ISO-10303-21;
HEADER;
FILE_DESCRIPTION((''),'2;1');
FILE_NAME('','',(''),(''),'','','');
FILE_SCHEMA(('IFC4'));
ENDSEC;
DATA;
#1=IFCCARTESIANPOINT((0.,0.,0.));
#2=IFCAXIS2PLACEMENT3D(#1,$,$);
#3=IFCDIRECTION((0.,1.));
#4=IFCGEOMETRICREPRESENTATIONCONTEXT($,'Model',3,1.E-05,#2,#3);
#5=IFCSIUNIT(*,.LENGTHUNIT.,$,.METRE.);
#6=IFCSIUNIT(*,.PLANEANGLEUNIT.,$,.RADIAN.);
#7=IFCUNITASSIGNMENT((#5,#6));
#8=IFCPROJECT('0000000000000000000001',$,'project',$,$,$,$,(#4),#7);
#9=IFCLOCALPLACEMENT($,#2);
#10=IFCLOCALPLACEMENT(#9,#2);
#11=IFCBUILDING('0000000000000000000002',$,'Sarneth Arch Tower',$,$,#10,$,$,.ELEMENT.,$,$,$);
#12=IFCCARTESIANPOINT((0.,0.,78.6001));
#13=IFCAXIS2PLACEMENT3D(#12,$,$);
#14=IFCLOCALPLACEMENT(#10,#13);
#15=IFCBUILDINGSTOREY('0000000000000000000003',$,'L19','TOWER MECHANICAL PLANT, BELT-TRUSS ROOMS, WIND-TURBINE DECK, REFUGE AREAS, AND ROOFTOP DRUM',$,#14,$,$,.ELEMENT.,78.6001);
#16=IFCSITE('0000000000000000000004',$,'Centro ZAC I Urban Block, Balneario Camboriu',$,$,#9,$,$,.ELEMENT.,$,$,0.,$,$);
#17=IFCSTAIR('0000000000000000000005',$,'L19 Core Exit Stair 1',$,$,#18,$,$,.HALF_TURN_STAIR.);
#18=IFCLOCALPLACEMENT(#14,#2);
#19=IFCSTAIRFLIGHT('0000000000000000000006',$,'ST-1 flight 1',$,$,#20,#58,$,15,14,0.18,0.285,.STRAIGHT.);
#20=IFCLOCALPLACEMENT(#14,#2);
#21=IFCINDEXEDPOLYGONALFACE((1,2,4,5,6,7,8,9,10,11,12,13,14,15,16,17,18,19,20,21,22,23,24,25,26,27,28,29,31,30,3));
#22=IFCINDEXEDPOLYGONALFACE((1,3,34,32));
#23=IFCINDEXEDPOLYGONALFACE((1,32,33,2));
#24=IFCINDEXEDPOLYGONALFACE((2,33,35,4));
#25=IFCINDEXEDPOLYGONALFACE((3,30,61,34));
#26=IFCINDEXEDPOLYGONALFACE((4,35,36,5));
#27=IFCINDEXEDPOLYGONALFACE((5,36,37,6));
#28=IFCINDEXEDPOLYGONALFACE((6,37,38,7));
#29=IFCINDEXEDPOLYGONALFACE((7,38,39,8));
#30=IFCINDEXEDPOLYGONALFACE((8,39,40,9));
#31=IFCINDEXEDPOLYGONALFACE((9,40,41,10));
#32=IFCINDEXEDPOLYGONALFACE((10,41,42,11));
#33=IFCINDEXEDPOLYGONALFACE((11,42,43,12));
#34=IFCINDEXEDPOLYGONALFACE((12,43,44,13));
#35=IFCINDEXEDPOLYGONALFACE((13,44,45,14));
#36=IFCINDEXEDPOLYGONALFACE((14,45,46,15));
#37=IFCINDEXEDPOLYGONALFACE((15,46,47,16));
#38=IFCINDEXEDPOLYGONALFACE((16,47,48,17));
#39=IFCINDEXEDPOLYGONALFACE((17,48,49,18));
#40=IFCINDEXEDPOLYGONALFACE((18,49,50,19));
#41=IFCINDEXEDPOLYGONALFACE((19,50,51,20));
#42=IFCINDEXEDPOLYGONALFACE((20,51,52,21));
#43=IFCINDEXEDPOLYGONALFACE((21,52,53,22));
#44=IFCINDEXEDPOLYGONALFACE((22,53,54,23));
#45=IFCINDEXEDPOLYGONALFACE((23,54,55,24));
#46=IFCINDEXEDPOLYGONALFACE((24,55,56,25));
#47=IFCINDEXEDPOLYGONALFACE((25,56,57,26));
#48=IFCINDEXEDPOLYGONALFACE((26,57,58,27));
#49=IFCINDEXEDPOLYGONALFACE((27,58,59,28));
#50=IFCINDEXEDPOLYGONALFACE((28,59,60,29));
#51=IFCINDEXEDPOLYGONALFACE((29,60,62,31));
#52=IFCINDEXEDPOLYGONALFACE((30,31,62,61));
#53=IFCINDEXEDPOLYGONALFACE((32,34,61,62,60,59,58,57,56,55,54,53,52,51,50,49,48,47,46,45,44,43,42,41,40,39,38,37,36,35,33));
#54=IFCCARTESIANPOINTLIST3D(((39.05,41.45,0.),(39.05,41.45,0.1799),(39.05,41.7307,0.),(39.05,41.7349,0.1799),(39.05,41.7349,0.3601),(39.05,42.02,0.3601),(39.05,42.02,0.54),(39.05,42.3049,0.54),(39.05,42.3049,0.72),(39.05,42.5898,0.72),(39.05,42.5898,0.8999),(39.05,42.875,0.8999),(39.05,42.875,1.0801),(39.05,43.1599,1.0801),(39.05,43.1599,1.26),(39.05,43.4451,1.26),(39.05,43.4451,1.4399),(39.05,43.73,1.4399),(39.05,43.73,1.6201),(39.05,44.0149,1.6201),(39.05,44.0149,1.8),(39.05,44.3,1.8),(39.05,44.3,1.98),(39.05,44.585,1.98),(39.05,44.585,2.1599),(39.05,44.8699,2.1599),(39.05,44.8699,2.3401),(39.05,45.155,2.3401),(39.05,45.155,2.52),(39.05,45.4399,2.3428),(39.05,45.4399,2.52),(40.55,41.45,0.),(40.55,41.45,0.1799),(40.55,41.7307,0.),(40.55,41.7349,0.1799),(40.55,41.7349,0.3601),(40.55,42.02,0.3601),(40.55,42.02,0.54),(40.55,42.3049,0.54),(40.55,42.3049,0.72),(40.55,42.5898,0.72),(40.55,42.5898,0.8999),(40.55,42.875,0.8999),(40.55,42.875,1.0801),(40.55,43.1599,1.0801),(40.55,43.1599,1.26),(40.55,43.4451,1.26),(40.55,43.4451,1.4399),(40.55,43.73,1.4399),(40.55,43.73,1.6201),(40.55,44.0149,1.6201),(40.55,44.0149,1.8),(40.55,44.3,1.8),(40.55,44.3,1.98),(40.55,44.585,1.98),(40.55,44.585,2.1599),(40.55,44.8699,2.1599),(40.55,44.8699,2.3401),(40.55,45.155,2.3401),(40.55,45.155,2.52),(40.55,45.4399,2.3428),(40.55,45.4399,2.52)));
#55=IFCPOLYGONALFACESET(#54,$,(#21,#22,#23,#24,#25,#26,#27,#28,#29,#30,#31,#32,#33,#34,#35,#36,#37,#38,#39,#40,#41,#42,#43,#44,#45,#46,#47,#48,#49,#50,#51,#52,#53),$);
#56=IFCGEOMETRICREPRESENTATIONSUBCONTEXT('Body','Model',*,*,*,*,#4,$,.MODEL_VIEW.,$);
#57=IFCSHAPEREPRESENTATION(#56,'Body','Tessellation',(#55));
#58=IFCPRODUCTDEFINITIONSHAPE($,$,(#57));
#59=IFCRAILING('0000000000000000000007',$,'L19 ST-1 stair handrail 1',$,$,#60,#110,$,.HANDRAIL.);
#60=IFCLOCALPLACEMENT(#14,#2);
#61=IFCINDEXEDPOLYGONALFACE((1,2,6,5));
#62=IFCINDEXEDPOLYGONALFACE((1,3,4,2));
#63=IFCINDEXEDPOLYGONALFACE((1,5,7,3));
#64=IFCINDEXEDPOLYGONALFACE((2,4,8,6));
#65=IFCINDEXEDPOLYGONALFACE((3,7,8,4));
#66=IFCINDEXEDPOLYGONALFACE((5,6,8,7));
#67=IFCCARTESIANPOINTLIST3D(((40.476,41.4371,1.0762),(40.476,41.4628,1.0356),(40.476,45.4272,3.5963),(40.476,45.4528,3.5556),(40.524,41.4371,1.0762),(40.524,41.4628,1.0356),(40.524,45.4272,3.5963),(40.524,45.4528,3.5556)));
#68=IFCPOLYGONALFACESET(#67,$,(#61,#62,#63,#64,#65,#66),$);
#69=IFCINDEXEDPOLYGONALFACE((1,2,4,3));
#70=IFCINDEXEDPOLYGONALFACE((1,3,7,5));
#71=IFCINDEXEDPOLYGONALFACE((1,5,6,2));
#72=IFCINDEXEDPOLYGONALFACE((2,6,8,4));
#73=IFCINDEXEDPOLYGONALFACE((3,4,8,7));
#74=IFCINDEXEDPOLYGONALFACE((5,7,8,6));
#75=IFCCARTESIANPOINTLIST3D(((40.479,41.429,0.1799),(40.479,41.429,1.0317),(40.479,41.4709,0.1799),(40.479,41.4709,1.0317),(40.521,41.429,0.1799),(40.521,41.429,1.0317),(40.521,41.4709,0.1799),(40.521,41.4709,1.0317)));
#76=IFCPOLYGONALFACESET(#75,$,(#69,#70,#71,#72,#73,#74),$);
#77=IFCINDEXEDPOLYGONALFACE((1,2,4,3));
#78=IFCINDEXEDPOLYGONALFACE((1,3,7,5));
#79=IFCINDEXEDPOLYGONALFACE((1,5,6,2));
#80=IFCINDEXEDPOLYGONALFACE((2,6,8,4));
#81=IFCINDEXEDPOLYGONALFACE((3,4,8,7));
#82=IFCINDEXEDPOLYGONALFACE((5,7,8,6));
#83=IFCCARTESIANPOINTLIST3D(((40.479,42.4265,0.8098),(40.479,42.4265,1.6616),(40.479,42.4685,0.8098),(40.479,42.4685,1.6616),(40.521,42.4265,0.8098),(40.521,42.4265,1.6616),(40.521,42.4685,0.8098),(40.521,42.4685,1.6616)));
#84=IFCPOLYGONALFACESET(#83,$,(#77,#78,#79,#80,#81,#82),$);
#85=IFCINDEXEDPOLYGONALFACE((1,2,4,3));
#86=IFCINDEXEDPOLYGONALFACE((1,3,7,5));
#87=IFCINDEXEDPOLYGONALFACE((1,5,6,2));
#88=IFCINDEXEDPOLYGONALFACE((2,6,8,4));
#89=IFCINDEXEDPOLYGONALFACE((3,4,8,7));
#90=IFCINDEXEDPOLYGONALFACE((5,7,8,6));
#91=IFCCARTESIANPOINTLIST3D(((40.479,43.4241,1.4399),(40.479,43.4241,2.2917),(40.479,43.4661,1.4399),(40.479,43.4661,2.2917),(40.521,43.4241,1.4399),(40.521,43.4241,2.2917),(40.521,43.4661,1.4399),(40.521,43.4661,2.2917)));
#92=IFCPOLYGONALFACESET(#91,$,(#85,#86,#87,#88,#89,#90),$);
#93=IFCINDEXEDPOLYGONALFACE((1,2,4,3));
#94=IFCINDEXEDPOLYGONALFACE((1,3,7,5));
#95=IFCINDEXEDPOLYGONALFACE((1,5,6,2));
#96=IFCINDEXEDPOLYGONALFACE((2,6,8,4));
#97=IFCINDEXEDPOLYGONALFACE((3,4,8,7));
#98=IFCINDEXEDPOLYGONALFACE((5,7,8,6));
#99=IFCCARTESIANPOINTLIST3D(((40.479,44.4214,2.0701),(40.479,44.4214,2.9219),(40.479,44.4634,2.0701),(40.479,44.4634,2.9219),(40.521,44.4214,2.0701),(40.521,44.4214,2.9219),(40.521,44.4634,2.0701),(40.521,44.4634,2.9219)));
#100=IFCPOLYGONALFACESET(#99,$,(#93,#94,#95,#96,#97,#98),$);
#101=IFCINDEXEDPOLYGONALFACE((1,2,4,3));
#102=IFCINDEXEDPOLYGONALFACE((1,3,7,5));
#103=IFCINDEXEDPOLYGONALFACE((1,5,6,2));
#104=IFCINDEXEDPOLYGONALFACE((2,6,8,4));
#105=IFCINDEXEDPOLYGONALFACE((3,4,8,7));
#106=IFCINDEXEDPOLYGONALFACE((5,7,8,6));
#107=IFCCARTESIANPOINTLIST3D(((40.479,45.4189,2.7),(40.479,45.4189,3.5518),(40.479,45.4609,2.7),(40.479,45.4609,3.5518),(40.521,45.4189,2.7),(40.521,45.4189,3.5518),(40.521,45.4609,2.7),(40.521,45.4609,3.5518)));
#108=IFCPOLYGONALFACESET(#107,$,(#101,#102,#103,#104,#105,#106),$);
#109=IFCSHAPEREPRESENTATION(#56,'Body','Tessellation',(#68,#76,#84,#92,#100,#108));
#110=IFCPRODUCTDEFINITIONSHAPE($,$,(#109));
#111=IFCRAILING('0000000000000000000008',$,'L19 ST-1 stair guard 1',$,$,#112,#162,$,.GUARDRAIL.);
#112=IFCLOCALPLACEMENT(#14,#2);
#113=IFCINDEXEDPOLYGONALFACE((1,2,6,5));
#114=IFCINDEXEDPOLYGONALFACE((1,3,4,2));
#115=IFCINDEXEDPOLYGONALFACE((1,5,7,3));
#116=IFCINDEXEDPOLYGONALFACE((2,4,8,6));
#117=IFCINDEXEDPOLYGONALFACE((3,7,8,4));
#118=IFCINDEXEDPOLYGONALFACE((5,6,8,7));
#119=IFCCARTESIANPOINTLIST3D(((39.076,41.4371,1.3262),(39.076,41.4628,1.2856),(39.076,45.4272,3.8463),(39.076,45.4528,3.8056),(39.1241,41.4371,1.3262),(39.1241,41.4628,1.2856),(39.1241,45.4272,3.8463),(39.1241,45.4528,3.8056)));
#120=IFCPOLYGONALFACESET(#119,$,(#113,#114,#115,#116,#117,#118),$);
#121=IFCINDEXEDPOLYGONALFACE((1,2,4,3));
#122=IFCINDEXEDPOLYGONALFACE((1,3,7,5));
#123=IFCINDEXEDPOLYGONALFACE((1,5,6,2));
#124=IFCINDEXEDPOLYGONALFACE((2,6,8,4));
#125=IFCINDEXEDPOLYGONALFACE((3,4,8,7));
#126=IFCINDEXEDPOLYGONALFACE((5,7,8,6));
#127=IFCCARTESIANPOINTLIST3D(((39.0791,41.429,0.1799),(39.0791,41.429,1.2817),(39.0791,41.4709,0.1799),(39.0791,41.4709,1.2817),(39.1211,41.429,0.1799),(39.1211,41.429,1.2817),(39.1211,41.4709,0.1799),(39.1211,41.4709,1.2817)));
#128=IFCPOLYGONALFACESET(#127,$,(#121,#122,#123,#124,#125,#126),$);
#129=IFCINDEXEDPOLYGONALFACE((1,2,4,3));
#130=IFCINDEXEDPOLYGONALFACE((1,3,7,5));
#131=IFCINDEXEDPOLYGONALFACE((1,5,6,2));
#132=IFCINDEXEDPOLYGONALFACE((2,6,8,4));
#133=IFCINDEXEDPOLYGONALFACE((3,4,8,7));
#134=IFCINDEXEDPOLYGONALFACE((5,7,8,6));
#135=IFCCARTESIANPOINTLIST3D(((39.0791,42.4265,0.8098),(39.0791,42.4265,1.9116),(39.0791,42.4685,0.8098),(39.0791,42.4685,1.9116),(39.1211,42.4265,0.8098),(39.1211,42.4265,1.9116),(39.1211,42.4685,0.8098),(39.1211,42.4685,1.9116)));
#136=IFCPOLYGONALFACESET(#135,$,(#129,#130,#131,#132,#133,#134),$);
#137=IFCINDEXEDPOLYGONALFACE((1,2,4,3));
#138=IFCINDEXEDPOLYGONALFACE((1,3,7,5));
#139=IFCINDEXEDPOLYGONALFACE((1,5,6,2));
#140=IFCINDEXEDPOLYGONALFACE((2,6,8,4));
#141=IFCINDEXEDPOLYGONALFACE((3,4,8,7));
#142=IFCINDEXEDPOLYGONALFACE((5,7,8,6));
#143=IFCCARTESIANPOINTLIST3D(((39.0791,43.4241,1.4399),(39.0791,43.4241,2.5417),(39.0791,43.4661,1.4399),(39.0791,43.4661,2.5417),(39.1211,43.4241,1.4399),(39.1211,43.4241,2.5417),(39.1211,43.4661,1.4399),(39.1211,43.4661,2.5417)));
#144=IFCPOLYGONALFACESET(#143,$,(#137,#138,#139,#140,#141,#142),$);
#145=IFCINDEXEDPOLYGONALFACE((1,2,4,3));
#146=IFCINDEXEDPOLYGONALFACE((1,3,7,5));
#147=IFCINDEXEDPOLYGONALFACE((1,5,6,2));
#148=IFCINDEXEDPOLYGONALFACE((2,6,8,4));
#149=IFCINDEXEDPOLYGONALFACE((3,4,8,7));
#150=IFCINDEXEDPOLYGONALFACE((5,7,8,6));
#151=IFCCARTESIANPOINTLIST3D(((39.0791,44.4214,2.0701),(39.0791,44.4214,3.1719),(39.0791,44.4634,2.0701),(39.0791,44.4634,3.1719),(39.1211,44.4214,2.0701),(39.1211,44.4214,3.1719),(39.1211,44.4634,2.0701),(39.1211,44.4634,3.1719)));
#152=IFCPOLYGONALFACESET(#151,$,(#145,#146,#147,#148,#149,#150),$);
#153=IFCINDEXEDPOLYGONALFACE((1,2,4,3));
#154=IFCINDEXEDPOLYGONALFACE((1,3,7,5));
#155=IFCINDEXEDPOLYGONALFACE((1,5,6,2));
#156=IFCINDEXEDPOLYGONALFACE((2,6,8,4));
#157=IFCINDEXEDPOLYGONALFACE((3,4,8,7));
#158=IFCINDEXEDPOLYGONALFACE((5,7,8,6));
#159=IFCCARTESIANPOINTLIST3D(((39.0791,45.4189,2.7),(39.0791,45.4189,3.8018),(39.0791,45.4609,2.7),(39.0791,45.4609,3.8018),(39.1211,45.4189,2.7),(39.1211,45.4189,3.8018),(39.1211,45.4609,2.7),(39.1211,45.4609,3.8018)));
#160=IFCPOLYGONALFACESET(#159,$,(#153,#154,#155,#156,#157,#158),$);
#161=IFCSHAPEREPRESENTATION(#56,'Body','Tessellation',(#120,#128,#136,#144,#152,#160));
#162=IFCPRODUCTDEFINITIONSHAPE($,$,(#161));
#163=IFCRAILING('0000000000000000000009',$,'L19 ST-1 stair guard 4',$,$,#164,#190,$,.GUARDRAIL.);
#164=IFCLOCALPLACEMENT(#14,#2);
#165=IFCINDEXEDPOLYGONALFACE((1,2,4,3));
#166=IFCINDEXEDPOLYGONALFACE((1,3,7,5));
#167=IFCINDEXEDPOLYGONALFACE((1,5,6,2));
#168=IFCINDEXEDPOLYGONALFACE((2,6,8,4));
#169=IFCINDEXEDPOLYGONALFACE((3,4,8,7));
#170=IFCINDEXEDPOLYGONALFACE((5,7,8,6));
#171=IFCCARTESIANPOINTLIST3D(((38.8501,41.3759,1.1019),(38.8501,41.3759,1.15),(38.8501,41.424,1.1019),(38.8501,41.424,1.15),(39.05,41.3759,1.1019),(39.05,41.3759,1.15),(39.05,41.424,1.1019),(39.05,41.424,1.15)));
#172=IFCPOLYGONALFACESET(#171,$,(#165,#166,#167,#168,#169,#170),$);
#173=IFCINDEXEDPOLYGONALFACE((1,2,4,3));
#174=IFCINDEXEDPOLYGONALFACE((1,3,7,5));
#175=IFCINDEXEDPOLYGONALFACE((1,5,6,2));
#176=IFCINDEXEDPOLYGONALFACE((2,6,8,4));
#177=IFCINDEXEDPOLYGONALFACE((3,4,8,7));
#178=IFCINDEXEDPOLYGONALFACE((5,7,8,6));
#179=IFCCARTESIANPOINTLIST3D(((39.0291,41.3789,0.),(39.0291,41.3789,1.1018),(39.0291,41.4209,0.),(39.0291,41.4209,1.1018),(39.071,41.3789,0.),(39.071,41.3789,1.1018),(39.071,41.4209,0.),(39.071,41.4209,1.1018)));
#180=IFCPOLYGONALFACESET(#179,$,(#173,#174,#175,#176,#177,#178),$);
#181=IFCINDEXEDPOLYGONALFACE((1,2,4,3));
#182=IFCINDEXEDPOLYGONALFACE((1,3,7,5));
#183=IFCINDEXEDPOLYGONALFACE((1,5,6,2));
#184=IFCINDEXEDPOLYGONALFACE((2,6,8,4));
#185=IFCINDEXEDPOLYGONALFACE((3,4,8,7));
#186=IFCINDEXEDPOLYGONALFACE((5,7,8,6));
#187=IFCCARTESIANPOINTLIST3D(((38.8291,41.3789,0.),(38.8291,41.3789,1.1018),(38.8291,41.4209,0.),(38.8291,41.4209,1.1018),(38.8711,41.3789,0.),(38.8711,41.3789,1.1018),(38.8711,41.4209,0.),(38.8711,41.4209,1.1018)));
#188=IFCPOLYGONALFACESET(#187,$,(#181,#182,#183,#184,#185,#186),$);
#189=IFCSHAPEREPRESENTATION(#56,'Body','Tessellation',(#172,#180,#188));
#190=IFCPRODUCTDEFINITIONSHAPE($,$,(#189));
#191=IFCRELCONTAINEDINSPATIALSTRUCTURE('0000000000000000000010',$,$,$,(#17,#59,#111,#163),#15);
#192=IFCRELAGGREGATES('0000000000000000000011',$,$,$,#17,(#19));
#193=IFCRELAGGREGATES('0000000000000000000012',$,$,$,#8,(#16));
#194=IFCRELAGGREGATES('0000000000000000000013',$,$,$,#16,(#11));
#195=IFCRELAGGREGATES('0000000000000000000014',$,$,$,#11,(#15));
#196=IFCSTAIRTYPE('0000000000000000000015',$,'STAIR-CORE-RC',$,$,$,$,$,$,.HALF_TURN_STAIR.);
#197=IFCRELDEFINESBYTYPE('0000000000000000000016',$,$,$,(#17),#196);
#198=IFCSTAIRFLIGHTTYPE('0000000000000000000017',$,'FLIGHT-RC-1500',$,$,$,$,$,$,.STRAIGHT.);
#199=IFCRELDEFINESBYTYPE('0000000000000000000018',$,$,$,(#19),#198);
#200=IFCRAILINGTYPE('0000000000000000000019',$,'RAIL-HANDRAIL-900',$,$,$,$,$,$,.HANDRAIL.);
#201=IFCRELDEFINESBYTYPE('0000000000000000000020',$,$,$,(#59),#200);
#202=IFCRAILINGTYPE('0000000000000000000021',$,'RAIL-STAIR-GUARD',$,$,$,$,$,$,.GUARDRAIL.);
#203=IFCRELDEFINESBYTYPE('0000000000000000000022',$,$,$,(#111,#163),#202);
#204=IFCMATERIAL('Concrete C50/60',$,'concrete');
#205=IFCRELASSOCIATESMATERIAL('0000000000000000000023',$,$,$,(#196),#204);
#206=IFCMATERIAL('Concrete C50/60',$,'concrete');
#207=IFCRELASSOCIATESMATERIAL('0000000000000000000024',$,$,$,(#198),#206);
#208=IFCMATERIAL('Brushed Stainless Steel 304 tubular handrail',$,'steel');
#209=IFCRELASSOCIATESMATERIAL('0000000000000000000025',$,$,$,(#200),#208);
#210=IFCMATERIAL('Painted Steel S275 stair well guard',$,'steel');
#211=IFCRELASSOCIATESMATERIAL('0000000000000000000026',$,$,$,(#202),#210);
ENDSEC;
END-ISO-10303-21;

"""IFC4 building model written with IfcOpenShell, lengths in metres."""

from ifc_helpers import new_model, si_unit, direction, frame, origin, origin_2d, place, context, subcontext, project, spatial, polyline, rectangle, outline, extrude, material, type_object, element, aggregate, save


model = new_model("IFC4")

# Units and contexts
model_context = context("Model", 3, precision=1e-05, world=origin(), true_north=direction((0.0, 1.0)))
body_context = subcontext(model_context, "Body", "Model", "MODEL_VIEW")
ifc_project = project(units=[si_unit("LENGTHUNIT", "METRE"), si_unit("PLANEANGLEUNIT", "RADIAN")], contexts=[model_context])

# Site, building, storey
site_placement = place(None, origin())
site = spatial("IfcSite", under=ifc_project, at=site_placement, Name="Centro ZAC I Urban Block, Balneario Camboriu", CompositionType="ELEMENT", RefElevation=0.0)
building_placement = place(site_placement, origin())
building = spatial("IfcBuilding", under=site, at=building_placement, Name="Sarneth Arch Tower", CompositionType="ELEMENT")
storey_placement = place(building_placement, frame((0.0, 0.0, 78.6001)))
storey = spatial("IfcBuildingStorey", under=building, at=storey_placement, Name="L19", Description="TOWER MECHANICAL PLANT, BELT-TRUSS ROOMS, WIND-TURBINE DECK, REFUGE AREAS, AND ROOFTOP DRUM", CompositionType="ELEMENT", Elevation=78.6001)

# Stair, stair flight
ifc_material_1 = material(Name="Concrete C50/60", Category="concrete")
stair_type = type_object("IfcStairType", Name="STAIR-CORE-RC", PredefinedType="HALF_TURN_STAIR", material=ifc_material_1)
stair_placement = place(storey_placement, origin())
stair = element("IfcStair", 1, at=stair_placement, inside=storey, type_object=stair_type, Name="L19 Core Exit Stair 1", PredefinedType="HALF_TURN_STAIR")
ifc_material_2 = material(Name="Concrete C50/60", Category="concrete")
stair_flight_type = type_object("IfcStairFlightType", Name="FLIGHT-RC-1500", PredefinedType="STRAIGHT", material=ifc_material_2)
stair_flight_placement = place(storey_placement, frame((39.8, 41.45, 0.0), z_axis=(0.0, 0.0, 1.0), x_axis=(0.0, 1.0, 0.0)))
stair_flight = element("IfcStairFlight", 2, at=stair_flight_placement, type_object=stair_flight_type, Name="ST-1 flight 1", NumberOfRisers=15, NumberOfTreads=14, PredefinedType="STRAIGHT", RiserHeight=0.18, TreadLength=0.285, context=body_context, shape_type="SweptSolid", body=[
    extrude(outline(polyline([(0.0, 0.0), (0.0, 0.1799), (0.2849, 0.1799), (0.2849, 0.3601), (0.5701, 0.3601), (0.5701, 0.54), (0.855, 0.54), (0.855, 0.72), (1.1399, 0.72), (1.1399, 0.8999), (1.425, 0.8999), (1.425, 1.0801), (1.71, 1.0801), (1.71, 1.26), (1.9951, 1.26), (1.9951, 1.4399), (2.28, 1.4399), (2.28, 1.6201), (2.5649, 1.6201), (2.5649, 1.8), (2.8501, 1.8), (2.8501, 1.98), (3.135, 1.98), (3.135, 2.1599), (3.4199, 2.1599), (3.4199, 2.3401), (3.7051, 2.3401), (3.7051, 2.52), (3.99, 2.52), (3.99, 2.7), (3.99, 2.3428), (0.2808, 0.0), (0.0, 0.0)])), frame((0.0, 0.75, 0.0), z_axis=(0.0, -1.0, 0.0), x_axis=(1.0, 0.0, 0.0)), (0.0, 0.0, 1.0), 1.5),
])
aggregate(stair, [stair_flight])

# Railings
ifc_material_3 = material(Name="Brushed Stainless Steel 304 tubular handrail", Category="steel")
railing_type_1 = type_object("IfcRailingType", Name="RAIL-HANDRAIL-900", PredefinedType="HANDRAIL", material=ifc_material_3)
railing_1_placement = place(storey_placement, frame((40.5, 41.45, 0.1799)))
element("IfcRailing", 3, at=railing_1_placement, inside=storey, type_object=railing_type_1, Name="L19 ST-1 stair handrail 1", PredefinedType="HANDRAIL", context=body_context, shape_type="SweptSolid", body=[
    extrude(rectangle(XDim=0.0481, YDim=0.0481, at=origin_2d()), frame((0.0, 0.0, 0.876), z_axis=(0.0, 0.845486, 0.533997), x_axis=(-1.0, 0.0, 0.0)), (0.0, 0.0, 1.0), 4.7192),
    extrude(rectangle(XDim=0.042, YDim=0.042, at=origin_2d()), origin(), (0.0, 0.0, 1.0), 0.8518),
    extrude(rectangle(XDim=0.042, YDim=0.042, at=origin_2d()), frame((0.0, 0.9976, 0.6299)), (0.0, 0.0, 1.0), 0.8518),
    extrude(rectangle(XDim=0.042, YDim=0.042, at=origin_2d()), frame((0.0, 1.9951, 1.26)), (0.0, 0.0, 1.0), 0.8518),
    extrude(rectangle(XDim=0.042, YDim=0.042, at=origin_2d()), frame((0.0, 2.9924, 1.8901)), (0.0, 0.0, 1.0), 0.8518),
    extrude(rectangle(XDim=0.042, YDim=0.042, at=origin_2d()), frame((0.0, 3.99, 2.52)), (0.0, 0.0, 1.0), 0.8518),
])
ifc_material_4 = material(Name="Painted Steel S275 stair well guard", Category="steel")
railing_type_2 = type_object("IfcRailingType", Name="RAIL-STAIR-GUARD", PredefinedType="GUARDRAIL", material=ifc_material_4)
railing_2_placement = place(storey_placement, frame((39.1001, 41.45, 0.1799)))
element("IfcRailing", 4, at=railing_2_placement, inside=storey, type_object=railing_type_2, Name="L19 ST-1 stair guard 1", PredefinedType="GUARDRAIL", context=body_context, shape_type="SweptSolid", body=[
    extrude(rectangle(XDim=0.0481, YDim=0.0481, at=origin_2d()), frame((0.0, 0.0, 1.126), z_axis=(0.0, 0.845486, 0.533997), x_axis=(-1.0, 0.0, 0.0)), (0.0, 0.0, 1.0), 4.7192),
    extrude(rectangle(XDim=0.042, YDim=0.042, at=origin_2d()), origin(), (0.0, 0.0, 1.0), 1.1018),
    extrude(rectangle(XDim=0.042, YDim=0.042, at=origin_2d()), frame((0.0, 0.9976, 0.6299)), (0.0, 0.0, 1.0), 1.1018),
    extrude(rectangle(XDim=0.042, YDim=0.042, at=origin_2d()), frame((0.0, 1.9951, 1.26)), (0.0, 0.0, 1.0), 1.1018),
    extrude(rectangle(XDim=0.042, YDim=0.042, at=origin_2d()), frame((0.0, 2.9924, 1.8901)), (0.0, 0.0, 1.0), 1.1018),
    extrude(rectangle(XDim=0.042, YDim=0.042, at=origin_2d()), frame((0.0, 3.99, 2.52)), (0.0, 0.0, 1.0), 1.1018),
])
railing_3_placement = place(storey_placement, frame((39.05, 41.3999, 0.0)))
element("IfcRailing", 5, at=railing_3_placement, inside=storey, type_object=railing_type_2, Name="L19 ST-1 stair guard 4", PredefinedType="GUARDRAIL", context=body_context, shape_type="SweptSolid", body=[
    extrude(rectangle(XDim=0.0481, YDim=0.0481, at=origin_2d()), frame((0.0, 0.0, 1.126), z_axis=(-1.0, 0.0, 0.0), x_axis=(0.0, -1.0, 0.0)), (0.0, 0.0, 1.0), 0.2),
    extrude(rectangle(XDim=0.042, YDim=0.042, at=origin_2d()), origin(), (0.0, 0.0, 1.0), 1.1018),
    extrude(rectangle(XDim=0.042, YDim=0.042, at=origin_2d()), frame((-0.2, 0.0, 0.0)), (0.0, 0.0, 1.0), 1.1018),
])

save(model, "model.ifc")
